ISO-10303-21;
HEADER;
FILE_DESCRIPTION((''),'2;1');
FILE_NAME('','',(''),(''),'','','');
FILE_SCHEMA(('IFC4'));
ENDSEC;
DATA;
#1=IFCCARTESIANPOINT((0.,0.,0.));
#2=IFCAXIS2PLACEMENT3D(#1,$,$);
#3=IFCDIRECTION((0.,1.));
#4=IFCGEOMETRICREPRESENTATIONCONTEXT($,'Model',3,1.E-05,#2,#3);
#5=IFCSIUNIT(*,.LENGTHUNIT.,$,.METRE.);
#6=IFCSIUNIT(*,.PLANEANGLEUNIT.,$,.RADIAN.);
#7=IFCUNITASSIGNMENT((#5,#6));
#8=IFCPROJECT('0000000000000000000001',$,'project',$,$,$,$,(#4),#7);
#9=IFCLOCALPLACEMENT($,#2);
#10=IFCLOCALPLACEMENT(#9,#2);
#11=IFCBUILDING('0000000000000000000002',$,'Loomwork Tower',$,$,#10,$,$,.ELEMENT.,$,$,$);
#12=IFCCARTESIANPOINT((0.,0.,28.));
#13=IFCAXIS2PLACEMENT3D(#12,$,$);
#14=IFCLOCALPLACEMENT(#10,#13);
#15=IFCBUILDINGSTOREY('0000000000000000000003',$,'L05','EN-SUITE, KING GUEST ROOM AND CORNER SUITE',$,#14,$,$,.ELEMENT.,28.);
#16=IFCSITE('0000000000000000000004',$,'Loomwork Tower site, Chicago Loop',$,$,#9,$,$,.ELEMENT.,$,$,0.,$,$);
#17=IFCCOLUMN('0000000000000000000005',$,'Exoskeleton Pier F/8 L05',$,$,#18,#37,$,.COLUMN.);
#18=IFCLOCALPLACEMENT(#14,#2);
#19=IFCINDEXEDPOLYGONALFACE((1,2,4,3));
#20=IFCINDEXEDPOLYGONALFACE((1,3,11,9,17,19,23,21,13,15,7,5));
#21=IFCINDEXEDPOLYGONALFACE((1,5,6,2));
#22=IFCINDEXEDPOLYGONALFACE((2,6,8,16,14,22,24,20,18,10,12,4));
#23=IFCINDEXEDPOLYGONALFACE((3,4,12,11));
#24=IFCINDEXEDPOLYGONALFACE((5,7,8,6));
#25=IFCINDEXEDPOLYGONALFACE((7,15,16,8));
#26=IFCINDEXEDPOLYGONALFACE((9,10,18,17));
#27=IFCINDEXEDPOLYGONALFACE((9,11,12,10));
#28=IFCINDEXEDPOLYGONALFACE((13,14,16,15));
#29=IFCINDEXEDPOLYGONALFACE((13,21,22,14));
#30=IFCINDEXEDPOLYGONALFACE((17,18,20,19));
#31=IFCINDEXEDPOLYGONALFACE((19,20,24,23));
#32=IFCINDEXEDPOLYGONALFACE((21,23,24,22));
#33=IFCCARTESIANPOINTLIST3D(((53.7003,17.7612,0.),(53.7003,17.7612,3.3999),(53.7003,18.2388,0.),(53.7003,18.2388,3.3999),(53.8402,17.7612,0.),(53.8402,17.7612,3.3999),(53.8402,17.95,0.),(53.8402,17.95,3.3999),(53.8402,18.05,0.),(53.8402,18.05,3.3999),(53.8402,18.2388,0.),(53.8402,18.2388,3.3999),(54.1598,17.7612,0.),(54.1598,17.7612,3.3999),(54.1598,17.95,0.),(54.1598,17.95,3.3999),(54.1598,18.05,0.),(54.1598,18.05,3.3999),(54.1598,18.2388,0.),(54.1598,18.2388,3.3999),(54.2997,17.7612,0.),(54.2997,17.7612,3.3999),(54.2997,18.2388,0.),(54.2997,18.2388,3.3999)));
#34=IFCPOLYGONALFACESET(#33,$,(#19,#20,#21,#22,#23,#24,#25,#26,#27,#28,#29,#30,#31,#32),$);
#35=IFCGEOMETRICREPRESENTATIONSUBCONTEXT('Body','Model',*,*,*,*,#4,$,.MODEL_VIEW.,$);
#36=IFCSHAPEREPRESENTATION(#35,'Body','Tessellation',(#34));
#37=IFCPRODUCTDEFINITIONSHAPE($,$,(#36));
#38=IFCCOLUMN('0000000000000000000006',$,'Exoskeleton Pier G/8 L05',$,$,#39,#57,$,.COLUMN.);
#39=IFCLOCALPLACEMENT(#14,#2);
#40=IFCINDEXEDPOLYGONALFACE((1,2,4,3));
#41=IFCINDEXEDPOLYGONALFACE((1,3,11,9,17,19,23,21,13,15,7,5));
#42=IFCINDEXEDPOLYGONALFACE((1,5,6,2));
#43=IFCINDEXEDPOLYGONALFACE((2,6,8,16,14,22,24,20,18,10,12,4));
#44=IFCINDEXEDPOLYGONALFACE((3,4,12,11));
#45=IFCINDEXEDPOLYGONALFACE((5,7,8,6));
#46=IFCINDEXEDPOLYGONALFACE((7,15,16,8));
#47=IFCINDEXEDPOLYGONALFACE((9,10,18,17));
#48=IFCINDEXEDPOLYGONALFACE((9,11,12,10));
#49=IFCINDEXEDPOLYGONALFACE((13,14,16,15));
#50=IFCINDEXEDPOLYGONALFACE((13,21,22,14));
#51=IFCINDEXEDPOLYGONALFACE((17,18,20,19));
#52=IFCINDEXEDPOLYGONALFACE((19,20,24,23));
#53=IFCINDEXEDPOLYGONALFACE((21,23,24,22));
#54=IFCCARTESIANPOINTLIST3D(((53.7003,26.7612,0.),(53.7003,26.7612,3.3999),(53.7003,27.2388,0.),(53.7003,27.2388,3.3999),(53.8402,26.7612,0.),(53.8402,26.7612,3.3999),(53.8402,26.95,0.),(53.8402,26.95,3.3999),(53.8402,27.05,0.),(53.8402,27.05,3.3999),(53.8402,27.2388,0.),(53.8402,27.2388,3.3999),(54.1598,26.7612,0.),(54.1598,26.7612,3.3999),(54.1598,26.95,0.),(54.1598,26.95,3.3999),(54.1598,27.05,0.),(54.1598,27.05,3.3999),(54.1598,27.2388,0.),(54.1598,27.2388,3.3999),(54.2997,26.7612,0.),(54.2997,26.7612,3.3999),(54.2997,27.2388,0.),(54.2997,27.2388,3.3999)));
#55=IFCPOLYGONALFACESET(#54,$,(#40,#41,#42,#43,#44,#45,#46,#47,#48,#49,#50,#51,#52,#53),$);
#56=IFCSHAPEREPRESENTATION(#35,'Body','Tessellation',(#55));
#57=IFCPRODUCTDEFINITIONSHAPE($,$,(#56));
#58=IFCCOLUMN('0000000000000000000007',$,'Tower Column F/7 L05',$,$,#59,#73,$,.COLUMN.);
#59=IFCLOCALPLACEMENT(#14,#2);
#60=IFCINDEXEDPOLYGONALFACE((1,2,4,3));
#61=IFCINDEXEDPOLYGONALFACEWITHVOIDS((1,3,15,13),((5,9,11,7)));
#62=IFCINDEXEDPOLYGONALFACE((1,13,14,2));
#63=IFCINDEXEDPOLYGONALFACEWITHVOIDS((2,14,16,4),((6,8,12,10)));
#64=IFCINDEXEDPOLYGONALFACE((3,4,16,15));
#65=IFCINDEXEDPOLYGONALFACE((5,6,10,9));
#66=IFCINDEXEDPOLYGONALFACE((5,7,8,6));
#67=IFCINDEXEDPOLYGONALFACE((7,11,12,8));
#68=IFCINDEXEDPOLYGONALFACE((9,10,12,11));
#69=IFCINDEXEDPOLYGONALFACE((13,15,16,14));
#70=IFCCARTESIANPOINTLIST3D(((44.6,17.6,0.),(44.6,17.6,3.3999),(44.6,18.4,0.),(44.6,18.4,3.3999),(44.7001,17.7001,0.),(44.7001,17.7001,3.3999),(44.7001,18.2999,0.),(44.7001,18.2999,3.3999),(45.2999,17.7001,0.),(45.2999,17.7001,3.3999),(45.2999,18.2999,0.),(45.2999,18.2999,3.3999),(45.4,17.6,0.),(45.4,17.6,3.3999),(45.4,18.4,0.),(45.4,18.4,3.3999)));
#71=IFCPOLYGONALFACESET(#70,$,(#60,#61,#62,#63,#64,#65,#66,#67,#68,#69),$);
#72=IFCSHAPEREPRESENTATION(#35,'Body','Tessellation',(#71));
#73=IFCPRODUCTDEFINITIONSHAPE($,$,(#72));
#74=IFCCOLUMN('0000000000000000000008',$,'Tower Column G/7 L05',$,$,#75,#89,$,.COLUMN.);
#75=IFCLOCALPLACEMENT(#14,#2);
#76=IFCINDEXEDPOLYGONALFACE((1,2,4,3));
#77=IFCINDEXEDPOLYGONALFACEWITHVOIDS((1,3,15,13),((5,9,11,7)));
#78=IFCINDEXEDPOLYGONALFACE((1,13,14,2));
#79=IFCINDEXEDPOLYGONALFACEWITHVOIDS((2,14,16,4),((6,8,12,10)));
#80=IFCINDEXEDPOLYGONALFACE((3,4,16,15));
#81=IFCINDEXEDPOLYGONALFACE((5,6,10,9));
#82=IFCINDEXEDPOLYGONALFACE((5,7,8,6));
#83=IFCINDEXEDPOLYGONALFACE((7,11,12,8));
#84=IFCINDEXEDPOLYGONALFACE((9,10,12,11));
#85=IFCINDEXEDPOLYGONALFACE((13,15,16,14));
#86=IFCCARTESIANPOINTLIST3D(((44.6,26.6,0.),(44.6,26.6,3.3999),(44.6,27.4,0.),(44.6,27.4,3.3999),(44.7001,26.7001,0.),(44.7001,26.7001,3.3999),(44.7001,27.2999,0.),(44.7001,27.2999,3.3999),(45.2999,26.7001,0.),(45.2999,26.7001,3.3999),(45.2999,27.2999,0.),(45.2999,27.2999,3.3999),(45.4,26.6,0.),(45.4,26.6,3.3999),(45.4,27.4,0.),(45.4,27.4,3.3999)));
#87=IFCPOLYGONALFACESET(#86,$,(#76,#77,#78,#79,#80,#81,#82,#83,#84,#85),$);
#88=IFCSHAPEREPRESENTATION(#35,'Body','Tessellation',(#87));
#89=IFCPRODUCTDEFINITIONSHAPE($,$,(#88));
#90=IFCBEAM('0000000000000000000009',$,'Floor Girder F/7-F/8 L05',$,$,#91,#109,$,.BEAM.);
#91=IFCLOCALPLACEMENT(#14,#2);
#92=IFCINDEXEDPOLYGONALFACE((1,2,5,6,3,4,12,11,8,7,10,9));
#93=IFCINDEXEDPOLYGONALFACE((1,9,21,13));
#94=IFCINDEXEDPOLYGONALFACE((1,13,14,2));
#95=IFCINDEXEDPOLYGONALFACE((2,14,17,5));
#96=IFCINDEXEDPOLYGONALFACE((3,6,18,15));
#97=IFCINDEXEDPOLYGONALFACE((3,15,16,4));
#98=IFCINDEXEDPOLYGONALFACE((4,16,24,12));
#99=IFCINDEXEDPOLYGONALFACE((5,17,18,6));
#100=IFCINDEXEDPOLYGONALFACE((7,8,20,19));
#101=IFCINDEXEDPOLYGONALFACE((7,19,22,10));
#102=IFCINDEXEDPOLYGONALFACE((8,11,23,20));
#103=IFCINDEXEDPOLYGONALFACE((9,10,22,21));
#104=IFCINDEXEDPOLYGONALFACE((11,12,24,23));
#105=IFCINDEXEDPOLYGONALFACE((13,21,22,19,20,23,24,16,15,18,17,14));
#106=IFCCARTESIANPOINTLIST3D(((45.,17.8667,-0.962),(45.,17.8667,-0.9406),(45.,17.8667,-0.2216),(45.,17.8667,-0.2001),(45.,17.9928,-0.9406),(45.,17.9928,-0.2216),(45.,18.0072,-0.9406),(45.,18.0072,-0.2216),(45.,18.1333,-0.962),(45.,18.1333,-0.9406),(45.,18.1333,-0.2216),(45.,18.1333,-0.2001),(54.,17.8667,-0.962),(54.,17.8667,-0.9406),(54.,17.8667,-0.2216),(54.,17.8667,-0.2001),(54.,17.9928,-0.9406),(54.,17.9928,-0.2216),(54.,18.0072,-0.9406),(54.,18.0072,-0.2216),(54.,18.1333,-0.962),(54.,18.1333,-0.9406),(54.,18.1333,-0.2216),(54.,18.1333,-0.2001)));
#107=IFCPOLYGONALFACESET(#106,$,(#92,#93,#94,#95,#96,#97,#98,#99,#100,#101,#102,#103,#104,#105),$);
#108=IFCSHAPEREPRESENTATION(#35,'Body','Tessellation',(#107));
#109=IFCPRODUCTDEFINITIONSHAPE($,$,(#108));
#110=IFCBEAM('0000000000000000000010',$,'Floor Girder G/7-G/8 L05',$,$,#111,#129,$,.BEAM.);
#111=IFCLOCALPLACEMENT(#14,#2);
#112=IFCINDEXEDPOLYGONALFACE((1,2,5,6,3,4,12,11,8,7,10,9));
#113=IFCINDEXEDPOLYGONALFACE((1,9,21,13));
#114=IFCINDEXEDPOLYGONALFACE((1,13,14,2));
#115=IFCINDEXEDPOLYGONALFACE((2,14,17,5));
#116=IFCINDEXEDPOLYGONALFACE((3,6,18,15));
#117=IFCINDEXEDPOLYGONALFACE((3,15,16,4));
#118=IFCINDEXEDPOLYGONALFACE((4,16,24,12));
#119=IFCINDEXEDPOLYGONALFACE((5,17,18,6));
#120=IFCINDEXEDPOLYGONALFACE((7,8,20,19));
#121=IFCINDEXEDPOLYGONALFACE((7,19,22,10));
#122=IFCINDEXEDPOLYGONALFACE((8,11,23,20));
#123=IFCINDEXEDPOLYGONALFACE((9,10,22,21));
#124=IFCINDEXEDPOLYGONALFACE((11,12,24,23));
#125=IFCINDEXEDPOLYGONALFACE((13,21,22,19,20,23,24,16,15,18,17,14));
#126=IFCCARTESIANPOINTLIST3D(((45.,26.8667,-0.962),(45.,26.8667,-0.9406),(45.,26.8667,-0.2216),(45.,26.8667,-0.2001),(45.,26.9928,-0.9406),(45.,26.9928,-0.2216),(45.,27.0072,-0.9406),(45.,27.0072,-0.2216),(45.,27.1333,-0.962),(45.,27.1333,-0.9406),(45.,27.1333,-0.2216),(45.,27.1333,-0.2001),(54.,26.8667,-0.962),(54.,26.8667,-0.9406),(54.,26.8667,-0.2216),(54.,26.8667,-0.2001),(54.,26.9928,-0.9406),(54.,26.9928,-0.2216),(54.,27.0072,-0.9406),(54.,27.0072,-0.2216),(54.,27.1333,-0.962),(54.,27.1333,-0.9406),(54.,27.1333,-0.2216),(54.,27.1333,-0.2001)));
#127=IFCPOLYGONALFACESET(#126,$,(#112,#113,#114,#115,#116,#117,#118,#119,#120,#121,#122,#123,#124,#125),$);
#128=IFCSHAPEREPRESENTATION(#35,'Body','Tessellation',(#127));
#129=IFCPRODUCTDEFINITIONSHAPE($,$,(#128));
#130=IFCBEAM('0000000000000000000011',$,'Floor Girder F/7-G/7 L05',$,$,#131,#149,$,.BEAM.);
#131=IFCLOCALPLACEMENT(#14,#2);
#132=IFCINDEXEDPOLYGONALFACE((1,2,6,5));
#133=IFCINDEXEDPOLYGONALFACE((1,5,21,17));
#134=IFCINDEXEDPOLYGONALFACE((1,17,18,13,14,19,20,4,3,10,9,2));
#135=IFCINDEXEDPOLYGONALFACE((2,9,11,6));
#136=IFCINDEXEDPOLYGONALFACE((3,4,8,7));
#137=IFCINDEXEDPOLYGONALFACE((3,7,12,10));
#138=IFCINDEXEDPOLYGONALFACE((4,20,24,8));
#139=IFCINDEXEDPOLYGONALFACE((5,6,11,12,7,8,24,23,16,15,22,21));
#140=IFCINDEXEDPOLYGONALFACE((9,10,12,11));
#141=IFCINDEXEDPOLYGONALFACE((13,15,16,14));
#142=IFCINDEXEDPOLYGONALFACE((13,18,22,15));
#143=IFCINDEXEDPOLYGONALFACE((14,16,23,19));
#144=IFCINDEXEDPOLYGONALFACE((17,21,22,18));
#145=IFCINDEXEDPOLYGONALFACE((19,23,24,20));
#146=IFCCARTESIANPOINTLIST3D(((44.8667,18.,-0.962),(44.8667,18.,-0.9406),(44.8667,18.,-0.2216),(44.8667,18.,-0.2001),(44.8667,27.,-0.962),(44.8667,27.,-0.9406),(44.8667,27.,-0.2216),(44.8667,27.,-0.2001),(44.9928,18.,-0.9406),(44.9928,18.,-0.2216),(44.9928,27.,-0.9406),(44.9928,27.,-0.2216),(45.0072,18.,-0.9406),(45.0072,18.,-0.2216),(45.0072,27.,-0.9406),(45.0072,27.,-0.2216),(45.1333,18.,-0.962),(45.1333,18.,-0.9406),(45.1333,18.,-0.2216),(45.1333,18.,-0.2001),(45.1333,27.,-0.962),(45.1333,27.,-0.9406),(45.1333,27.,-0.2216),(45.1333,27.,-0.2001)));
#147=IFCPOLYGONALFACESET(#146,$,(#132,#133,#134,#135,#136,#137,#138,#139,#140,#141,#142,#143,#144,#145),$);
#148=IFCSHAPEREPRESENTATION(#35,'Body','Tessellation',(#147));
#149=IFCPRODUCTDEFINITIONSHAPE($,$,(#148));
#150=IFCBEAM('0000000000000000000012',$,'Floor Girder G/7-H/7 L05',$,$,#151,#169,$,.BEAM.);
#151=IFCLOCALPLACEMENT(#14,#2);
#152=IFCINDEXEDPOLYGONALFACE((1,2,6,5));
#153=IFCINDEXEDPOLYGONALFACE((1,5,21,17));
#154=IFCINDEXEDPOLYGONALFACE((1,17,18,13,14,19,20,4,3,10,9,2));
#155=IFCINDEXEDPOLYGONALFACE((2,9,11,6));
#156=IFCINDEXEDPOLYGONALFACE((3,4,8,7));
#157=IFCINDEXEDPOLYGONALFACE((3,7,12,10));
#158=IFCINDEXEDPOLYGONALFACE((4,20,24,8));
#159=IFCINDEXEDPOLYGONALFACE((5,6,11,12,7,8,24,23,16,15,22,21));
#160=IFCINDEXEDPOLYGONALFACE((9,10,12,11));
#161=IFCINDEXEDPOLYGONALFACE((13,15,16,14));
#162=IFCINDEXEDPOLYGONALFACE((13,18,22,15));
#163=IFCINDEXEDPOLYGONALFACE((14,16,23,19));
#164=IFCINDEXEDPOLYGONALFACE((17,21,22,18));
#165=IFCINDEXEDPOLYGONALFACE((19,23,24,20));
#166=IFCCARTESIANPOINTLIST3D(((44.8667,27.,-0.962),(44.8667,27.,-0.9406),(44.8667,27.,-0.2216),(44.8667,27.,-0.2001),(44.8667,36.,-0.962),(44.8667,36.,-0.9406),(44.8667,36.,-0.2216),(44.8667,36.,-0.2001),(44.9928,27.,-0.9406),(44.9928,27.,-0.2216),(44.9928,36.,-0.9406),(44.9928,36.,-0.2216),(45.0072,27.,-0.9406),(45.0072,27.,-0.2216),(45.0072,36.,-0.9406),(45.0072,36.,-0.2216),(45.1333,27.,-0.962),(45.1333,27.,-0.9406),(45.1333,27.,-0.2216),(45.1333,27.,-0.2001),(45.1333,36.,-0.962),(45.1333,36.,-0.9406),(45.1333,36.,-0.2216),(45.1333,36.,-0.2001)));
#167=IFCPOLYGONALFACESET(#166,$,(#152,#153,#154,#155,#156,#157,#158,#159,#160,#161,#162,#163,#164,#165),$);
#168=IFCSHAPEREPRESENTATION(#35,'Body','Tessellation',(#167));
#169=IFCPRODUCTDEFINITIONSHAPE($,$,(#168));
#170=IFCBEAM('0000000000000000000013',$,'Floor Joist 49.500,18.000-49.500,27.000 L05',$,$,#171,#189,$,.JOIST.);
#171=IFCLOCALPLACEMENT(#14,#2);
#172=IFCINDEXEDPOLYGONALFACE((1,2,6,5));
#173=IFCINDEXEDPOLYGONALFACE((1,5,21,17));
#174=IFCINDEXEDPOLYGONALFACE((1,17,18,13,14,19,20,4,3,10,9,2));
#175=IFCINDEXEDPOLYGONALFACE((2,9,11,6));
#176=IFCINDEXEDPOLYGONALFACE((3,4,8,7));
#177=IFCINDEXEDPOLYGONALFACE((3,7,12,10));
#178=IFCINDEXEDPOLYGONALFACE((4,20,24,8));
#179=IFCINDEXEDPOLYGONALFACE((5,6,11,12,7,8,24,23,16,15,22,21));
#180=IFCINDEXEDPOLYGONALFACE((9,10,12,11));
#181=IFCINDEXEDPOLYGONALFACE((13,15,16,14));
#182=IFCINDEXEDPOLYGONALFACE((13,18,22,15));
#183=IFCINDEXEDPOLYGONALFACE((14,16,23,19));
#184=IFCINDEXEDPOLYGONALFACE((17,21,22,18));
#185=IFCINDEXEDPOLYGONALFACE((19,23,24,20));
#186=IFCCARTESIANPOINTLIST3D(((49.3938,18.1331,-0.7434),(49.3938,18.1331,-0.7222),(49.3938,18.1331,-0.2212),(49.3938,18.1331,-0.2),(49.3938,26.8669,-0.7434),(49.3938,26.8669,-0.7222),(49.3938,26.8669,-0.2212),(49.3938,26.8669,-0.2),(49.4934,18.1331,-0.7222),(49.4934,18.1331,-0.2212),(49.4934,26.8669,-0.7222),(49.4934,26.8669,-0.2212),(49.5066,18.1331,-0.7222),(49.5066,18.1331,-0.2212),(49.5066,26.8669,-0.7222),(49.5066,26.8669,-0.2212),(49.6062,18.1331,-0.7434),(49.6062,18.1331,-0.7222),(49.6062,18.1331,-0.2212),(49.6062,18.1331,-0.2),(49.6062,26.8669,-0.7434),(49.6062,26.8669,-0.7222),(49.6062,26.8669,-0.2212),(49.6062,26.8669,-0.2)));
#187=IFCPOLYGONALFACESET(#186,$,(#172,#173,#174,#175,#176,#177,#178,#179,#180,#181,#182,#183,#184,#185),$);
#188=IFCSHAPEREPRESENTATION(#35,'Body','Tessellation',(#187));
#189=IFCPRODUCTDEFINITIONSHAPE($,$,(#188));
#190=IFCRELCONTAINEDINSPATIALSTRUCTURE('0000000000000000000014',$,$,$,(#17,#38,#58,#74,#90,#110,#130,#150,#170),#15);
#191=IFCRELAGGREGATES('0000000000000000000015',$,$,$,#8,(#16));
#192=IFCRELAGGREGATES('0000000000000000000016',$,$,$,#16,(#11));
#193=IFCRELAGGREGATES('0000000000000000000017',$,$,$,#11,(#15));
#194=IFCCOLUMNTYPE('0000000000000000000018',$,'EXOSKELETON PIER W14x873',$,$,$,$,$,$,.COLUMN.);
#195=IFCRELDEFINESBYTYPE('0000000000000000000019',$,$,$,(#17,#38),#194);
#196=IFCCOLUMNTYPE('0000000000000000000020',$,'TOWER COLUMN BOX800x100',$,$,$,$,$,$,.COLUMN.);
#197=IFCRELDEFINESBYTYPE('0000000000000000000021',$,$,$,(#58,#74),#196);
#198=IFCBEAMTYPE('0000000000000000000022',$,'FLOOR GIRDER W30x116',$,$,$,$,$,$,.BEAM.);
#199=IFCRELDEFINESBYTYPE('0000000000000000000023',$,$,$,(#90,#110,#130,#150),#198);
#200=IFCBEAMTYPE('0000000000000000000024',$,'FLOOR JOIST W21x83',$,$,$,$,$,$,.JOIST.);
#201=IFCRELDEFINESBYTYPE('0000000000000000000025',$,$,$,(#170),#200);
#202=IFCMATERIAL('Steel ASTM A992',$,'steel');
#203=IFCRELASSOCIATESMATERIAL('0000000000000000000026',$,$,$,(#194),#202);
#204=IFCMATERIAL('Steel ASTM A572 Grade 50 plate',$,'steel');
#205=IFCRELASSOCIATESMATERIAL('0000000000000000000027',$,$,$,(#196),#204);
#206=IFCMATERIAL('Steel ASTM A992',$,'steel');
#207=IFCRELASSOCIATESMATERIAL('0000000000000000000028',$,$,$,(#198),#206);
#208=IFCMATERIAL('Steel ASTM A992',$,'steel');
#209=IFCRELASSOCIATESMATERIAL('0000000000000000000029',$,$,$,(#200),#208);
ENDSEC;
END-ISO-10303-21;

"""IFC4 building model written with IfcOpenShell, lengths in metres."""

from ifc_helpers import new_model, si_unit, direction, frame, origin, origin_2d, place, context, subcontext, project, spatial, hollow_rectangle, i_section, extrude, material, material_profile, profile_set, type_object, element, save


model = new_model("IFC4")

# Units and contexts
model_context = context("Model", 3, precision=1e-05, world=origin(), true_north=direction((0.0, 1.0)))
body_context = subcontext(model_context, "Body", "Model", "MODEL_VIEW")
ifc_project = project(units=[si_unit("LENGTHUNIT", "METRE"), si_unit("PLANEANGLEUNIT", "RADIAN")], contexts=[model_context])

# Site, building, storey
site_placement = place(None, origin())
site = spatial("IfcSite", under=ifc_project, at=site_placement, Name="Loomwork Tower site, Chicago Loop", CompositionType="ELEMENT", RefElevation=0.0)
building_placement = place(site_placement, origin())
building = spatial("IfcBuilding", under=site, at=building_placement, Name="Loomwork Tower", CompositionType="ELEMENT")
storey_placement = place(building_placement, frame((0.0, 0.0, 28.0)))
storey = spatial("IfcBuildingStorey", under=building, at=storey_placement, Name="L05", Description="EN-SUITE, KING GUEST ROOM AND CORNER SUITE", CompositionType="ELEMENT", Elevation=28.0)

# Columns
ifc_material_1 = material(Name="Steel ASTM A992", Category="steel")
ifc_material_profile_1 = material_profile(ifc_material_1, i_section(OverallWidth=0.4775, OverallDepth=0.5994, WebThickness=0.1001, FlangeThickness=0.1399, at=origin_2d()), Name="W14x873")
ifc_profile_set_1 = profile_set([ifc_material_profile_1], Name="Steel ASTM A992")
column_type_1 = type_object("IfcColumnType", Name="EXOSKELETON PIER W14x873", PredefinedType="COLUMN", material=ifc_profile_set_1)
for number, where, z_axis, x_axis, name in (
    (1, (54.0, 18.0, 0.0), (0.0, 0.0, 1.0), (0.0, 1.0, 0.0), "Exoskeleton Pier F/8 L05"),
    (2, (54.0, 27.0, 0.0), (0.0, 0.0, 1.0), (0.0, 1.0, 0.0), "Exoskeleton Pier G/8 L05"),
):
    element("IfcColumn", number, at=place(storey_placement, frame(where, z_axis=z_axis, x_axis=x_axis)), inside=storey, type_object=column_type_1, Name=name, PredefinedType="COLUMN", context=body_context, shape_type="SweptSolid", body=[
        extrude(i_section(OverallWidth=0.4775, OverallDepth=0.5994, WebThickness=0.1001, FlangeThickness=0.1399, at=origin_2d()), origin(), (0.0, 0.0, 1.0), 3.3999),
    ])
ifc_material_2 = material(Name="Steel ASTM A572 Grade 50 plate", Category="steel")
ifc_material_profile_2 = material_profile(ifc_material_2, hollow_rectangle(XDim=0.8, YDim=0.8, WallThickness=0.1001, at=origin_2d()), Name="BOX800x100")
ifc_profile_set_2 = profile_set([ifc_material_profile_2], Name="Steel ASTM A572 Grade 50 plate")
column_type_2 = type_object("IfcColumnType", Name="TOWER COLUMN BOX800x100", PredefinedType="COLUMN", material=ifc_profile_set_2)
for number, where, z_axis, x_axis, name in (
    (3, (45.0, 18.0, 0.0), (0.0, 0.0, 1.0), (0.0, 1.0, 0.0), "Tower Column F/7 L05"),
    (4, (45.0, 27.0, 0.0), (0.0, 0.0, 1.0), (0.0, 1.0, 0.0), "Tower Column G/7 L05"),
):
    element("IfcColumn", number, at=place(storey_placement, frame(where, z_axis=z_axis, x_axis=x_axis)), inside=storey, type_object=column_type_2, Name=name, PredefinedType="COLUMN", context=body_context, shape_type="SweptSolid", body=[
        extrude(hollow_rectangle(XDim=0.8, YDim=0.8, WallThickness=0.1001, at=origin_2d()), origin(), (0.0, 0.0, 1.0), 3.3999),
    ])

# Beams
ifc_material_3 = material(Name="Steel ASTM A992", Category="steel")
ifc_material_profile_3 = material_profile(ifc_material_3, i_section(OverallWidth=0.2666, OverallDepth=0.762, WebThickness=0.0144, FlangeThickness=0.0215, at=origin_2d()), Name="W30x116")
ifc_profile_set_3 = profile_set([ifc_material_profile_3], Name="Steel ASTM A992")
beam_type_1 = type_object("IfcBeamType", Name="FLOOR GIRDER W30x116", PredefinedType="BEAM", material=ifc_profile_set_3)
for number, where, z_axis, x_axis, name in (
    (5, (45.0, 18.0, -0.5811), (1.0, 0.0, 0.0), (0.0, 1.0, 0.0), "Floor Girder F/7-F/8 L05"),
    (6, (45.0, 27.0, -0.5811), (1.0, 0.0, 0.0), (0.0, 1.0, 0.0), "Floor Girder G/7-G/8 L05"),
    (7, (45.0, 18.0, -0.5811), (0.0, 1.0, 0.0), (-1.0, 0.0, 0.0), "Floor Girder F/7-G/7 L05"),
    (8, (45.0, 27.0, -0.5811), (0.0, 1.0, 0.0), (-1.0, 0.0, 0.0), "Floor Girder G/7-H/7 L05"),
):
    element("IfcBeam", number, at=place(storey_placement, frame(where, z_axis=z_axis, x_axis=x_axis)), inside=storey, type_object=beam_type_1, Name=name, PredefinedType="BEAM", context=body_context, shape_type="SweptSolid", body=[
        extrude(i_section(OverallWidth=0.2666, OverallDepth=0.762, WebThickness=0.0144, FlangeThickness=0.0215, at=origin_2d()), origin(), (0.0, 0.0, 1.0), 9.0),
    ])
ifc_material_4 = material(Name="Steel ASTM A992", Category="steel")
ifc_material_profile_4 = material_profile(ifc_material_4, i_section(OverallWidth=0.2124, OverallDepth=0.5435, WebThickness=0.0132, FlangeThickness=0.0212, at=origin_2d()), Name="W21x83")
ifc_profile_set_4 = profile_set([ifc_material_profile_4], Name="Steel ASTM A992")
beam_type_2 = type_object("IfcBeamType", Name="FLOOR JOIST W21x83", PredefinedType="JOIST", material=ifc_profile_set_4)
beam_1_placement = place(storey_placement, frame((49.5, 18.1331, -0.4717), z_axis=(0.0, 1.0, 0.0), x_axis=(-1.0, 0.0, 0.0)))
element("IfcBeam", 9, at=beam_1_placement, inside=storey, type_object=beam_type_2, Name="Floor Joist 49.500,18.000-49.500,27.000 L05", PredefinedType="JOIST", context=body_context, shape_type="SweptSolid", body=[
    extrude(i_section(OverallWidth=0.2124, OverallDepth=0.5435, WebThickness=0.0132, FlangeThickness=0.0212, at=origin_2d()), origin(), (0.0, 0.0, 1.0), 8.7339),
])

save(model, "model.ifc")
